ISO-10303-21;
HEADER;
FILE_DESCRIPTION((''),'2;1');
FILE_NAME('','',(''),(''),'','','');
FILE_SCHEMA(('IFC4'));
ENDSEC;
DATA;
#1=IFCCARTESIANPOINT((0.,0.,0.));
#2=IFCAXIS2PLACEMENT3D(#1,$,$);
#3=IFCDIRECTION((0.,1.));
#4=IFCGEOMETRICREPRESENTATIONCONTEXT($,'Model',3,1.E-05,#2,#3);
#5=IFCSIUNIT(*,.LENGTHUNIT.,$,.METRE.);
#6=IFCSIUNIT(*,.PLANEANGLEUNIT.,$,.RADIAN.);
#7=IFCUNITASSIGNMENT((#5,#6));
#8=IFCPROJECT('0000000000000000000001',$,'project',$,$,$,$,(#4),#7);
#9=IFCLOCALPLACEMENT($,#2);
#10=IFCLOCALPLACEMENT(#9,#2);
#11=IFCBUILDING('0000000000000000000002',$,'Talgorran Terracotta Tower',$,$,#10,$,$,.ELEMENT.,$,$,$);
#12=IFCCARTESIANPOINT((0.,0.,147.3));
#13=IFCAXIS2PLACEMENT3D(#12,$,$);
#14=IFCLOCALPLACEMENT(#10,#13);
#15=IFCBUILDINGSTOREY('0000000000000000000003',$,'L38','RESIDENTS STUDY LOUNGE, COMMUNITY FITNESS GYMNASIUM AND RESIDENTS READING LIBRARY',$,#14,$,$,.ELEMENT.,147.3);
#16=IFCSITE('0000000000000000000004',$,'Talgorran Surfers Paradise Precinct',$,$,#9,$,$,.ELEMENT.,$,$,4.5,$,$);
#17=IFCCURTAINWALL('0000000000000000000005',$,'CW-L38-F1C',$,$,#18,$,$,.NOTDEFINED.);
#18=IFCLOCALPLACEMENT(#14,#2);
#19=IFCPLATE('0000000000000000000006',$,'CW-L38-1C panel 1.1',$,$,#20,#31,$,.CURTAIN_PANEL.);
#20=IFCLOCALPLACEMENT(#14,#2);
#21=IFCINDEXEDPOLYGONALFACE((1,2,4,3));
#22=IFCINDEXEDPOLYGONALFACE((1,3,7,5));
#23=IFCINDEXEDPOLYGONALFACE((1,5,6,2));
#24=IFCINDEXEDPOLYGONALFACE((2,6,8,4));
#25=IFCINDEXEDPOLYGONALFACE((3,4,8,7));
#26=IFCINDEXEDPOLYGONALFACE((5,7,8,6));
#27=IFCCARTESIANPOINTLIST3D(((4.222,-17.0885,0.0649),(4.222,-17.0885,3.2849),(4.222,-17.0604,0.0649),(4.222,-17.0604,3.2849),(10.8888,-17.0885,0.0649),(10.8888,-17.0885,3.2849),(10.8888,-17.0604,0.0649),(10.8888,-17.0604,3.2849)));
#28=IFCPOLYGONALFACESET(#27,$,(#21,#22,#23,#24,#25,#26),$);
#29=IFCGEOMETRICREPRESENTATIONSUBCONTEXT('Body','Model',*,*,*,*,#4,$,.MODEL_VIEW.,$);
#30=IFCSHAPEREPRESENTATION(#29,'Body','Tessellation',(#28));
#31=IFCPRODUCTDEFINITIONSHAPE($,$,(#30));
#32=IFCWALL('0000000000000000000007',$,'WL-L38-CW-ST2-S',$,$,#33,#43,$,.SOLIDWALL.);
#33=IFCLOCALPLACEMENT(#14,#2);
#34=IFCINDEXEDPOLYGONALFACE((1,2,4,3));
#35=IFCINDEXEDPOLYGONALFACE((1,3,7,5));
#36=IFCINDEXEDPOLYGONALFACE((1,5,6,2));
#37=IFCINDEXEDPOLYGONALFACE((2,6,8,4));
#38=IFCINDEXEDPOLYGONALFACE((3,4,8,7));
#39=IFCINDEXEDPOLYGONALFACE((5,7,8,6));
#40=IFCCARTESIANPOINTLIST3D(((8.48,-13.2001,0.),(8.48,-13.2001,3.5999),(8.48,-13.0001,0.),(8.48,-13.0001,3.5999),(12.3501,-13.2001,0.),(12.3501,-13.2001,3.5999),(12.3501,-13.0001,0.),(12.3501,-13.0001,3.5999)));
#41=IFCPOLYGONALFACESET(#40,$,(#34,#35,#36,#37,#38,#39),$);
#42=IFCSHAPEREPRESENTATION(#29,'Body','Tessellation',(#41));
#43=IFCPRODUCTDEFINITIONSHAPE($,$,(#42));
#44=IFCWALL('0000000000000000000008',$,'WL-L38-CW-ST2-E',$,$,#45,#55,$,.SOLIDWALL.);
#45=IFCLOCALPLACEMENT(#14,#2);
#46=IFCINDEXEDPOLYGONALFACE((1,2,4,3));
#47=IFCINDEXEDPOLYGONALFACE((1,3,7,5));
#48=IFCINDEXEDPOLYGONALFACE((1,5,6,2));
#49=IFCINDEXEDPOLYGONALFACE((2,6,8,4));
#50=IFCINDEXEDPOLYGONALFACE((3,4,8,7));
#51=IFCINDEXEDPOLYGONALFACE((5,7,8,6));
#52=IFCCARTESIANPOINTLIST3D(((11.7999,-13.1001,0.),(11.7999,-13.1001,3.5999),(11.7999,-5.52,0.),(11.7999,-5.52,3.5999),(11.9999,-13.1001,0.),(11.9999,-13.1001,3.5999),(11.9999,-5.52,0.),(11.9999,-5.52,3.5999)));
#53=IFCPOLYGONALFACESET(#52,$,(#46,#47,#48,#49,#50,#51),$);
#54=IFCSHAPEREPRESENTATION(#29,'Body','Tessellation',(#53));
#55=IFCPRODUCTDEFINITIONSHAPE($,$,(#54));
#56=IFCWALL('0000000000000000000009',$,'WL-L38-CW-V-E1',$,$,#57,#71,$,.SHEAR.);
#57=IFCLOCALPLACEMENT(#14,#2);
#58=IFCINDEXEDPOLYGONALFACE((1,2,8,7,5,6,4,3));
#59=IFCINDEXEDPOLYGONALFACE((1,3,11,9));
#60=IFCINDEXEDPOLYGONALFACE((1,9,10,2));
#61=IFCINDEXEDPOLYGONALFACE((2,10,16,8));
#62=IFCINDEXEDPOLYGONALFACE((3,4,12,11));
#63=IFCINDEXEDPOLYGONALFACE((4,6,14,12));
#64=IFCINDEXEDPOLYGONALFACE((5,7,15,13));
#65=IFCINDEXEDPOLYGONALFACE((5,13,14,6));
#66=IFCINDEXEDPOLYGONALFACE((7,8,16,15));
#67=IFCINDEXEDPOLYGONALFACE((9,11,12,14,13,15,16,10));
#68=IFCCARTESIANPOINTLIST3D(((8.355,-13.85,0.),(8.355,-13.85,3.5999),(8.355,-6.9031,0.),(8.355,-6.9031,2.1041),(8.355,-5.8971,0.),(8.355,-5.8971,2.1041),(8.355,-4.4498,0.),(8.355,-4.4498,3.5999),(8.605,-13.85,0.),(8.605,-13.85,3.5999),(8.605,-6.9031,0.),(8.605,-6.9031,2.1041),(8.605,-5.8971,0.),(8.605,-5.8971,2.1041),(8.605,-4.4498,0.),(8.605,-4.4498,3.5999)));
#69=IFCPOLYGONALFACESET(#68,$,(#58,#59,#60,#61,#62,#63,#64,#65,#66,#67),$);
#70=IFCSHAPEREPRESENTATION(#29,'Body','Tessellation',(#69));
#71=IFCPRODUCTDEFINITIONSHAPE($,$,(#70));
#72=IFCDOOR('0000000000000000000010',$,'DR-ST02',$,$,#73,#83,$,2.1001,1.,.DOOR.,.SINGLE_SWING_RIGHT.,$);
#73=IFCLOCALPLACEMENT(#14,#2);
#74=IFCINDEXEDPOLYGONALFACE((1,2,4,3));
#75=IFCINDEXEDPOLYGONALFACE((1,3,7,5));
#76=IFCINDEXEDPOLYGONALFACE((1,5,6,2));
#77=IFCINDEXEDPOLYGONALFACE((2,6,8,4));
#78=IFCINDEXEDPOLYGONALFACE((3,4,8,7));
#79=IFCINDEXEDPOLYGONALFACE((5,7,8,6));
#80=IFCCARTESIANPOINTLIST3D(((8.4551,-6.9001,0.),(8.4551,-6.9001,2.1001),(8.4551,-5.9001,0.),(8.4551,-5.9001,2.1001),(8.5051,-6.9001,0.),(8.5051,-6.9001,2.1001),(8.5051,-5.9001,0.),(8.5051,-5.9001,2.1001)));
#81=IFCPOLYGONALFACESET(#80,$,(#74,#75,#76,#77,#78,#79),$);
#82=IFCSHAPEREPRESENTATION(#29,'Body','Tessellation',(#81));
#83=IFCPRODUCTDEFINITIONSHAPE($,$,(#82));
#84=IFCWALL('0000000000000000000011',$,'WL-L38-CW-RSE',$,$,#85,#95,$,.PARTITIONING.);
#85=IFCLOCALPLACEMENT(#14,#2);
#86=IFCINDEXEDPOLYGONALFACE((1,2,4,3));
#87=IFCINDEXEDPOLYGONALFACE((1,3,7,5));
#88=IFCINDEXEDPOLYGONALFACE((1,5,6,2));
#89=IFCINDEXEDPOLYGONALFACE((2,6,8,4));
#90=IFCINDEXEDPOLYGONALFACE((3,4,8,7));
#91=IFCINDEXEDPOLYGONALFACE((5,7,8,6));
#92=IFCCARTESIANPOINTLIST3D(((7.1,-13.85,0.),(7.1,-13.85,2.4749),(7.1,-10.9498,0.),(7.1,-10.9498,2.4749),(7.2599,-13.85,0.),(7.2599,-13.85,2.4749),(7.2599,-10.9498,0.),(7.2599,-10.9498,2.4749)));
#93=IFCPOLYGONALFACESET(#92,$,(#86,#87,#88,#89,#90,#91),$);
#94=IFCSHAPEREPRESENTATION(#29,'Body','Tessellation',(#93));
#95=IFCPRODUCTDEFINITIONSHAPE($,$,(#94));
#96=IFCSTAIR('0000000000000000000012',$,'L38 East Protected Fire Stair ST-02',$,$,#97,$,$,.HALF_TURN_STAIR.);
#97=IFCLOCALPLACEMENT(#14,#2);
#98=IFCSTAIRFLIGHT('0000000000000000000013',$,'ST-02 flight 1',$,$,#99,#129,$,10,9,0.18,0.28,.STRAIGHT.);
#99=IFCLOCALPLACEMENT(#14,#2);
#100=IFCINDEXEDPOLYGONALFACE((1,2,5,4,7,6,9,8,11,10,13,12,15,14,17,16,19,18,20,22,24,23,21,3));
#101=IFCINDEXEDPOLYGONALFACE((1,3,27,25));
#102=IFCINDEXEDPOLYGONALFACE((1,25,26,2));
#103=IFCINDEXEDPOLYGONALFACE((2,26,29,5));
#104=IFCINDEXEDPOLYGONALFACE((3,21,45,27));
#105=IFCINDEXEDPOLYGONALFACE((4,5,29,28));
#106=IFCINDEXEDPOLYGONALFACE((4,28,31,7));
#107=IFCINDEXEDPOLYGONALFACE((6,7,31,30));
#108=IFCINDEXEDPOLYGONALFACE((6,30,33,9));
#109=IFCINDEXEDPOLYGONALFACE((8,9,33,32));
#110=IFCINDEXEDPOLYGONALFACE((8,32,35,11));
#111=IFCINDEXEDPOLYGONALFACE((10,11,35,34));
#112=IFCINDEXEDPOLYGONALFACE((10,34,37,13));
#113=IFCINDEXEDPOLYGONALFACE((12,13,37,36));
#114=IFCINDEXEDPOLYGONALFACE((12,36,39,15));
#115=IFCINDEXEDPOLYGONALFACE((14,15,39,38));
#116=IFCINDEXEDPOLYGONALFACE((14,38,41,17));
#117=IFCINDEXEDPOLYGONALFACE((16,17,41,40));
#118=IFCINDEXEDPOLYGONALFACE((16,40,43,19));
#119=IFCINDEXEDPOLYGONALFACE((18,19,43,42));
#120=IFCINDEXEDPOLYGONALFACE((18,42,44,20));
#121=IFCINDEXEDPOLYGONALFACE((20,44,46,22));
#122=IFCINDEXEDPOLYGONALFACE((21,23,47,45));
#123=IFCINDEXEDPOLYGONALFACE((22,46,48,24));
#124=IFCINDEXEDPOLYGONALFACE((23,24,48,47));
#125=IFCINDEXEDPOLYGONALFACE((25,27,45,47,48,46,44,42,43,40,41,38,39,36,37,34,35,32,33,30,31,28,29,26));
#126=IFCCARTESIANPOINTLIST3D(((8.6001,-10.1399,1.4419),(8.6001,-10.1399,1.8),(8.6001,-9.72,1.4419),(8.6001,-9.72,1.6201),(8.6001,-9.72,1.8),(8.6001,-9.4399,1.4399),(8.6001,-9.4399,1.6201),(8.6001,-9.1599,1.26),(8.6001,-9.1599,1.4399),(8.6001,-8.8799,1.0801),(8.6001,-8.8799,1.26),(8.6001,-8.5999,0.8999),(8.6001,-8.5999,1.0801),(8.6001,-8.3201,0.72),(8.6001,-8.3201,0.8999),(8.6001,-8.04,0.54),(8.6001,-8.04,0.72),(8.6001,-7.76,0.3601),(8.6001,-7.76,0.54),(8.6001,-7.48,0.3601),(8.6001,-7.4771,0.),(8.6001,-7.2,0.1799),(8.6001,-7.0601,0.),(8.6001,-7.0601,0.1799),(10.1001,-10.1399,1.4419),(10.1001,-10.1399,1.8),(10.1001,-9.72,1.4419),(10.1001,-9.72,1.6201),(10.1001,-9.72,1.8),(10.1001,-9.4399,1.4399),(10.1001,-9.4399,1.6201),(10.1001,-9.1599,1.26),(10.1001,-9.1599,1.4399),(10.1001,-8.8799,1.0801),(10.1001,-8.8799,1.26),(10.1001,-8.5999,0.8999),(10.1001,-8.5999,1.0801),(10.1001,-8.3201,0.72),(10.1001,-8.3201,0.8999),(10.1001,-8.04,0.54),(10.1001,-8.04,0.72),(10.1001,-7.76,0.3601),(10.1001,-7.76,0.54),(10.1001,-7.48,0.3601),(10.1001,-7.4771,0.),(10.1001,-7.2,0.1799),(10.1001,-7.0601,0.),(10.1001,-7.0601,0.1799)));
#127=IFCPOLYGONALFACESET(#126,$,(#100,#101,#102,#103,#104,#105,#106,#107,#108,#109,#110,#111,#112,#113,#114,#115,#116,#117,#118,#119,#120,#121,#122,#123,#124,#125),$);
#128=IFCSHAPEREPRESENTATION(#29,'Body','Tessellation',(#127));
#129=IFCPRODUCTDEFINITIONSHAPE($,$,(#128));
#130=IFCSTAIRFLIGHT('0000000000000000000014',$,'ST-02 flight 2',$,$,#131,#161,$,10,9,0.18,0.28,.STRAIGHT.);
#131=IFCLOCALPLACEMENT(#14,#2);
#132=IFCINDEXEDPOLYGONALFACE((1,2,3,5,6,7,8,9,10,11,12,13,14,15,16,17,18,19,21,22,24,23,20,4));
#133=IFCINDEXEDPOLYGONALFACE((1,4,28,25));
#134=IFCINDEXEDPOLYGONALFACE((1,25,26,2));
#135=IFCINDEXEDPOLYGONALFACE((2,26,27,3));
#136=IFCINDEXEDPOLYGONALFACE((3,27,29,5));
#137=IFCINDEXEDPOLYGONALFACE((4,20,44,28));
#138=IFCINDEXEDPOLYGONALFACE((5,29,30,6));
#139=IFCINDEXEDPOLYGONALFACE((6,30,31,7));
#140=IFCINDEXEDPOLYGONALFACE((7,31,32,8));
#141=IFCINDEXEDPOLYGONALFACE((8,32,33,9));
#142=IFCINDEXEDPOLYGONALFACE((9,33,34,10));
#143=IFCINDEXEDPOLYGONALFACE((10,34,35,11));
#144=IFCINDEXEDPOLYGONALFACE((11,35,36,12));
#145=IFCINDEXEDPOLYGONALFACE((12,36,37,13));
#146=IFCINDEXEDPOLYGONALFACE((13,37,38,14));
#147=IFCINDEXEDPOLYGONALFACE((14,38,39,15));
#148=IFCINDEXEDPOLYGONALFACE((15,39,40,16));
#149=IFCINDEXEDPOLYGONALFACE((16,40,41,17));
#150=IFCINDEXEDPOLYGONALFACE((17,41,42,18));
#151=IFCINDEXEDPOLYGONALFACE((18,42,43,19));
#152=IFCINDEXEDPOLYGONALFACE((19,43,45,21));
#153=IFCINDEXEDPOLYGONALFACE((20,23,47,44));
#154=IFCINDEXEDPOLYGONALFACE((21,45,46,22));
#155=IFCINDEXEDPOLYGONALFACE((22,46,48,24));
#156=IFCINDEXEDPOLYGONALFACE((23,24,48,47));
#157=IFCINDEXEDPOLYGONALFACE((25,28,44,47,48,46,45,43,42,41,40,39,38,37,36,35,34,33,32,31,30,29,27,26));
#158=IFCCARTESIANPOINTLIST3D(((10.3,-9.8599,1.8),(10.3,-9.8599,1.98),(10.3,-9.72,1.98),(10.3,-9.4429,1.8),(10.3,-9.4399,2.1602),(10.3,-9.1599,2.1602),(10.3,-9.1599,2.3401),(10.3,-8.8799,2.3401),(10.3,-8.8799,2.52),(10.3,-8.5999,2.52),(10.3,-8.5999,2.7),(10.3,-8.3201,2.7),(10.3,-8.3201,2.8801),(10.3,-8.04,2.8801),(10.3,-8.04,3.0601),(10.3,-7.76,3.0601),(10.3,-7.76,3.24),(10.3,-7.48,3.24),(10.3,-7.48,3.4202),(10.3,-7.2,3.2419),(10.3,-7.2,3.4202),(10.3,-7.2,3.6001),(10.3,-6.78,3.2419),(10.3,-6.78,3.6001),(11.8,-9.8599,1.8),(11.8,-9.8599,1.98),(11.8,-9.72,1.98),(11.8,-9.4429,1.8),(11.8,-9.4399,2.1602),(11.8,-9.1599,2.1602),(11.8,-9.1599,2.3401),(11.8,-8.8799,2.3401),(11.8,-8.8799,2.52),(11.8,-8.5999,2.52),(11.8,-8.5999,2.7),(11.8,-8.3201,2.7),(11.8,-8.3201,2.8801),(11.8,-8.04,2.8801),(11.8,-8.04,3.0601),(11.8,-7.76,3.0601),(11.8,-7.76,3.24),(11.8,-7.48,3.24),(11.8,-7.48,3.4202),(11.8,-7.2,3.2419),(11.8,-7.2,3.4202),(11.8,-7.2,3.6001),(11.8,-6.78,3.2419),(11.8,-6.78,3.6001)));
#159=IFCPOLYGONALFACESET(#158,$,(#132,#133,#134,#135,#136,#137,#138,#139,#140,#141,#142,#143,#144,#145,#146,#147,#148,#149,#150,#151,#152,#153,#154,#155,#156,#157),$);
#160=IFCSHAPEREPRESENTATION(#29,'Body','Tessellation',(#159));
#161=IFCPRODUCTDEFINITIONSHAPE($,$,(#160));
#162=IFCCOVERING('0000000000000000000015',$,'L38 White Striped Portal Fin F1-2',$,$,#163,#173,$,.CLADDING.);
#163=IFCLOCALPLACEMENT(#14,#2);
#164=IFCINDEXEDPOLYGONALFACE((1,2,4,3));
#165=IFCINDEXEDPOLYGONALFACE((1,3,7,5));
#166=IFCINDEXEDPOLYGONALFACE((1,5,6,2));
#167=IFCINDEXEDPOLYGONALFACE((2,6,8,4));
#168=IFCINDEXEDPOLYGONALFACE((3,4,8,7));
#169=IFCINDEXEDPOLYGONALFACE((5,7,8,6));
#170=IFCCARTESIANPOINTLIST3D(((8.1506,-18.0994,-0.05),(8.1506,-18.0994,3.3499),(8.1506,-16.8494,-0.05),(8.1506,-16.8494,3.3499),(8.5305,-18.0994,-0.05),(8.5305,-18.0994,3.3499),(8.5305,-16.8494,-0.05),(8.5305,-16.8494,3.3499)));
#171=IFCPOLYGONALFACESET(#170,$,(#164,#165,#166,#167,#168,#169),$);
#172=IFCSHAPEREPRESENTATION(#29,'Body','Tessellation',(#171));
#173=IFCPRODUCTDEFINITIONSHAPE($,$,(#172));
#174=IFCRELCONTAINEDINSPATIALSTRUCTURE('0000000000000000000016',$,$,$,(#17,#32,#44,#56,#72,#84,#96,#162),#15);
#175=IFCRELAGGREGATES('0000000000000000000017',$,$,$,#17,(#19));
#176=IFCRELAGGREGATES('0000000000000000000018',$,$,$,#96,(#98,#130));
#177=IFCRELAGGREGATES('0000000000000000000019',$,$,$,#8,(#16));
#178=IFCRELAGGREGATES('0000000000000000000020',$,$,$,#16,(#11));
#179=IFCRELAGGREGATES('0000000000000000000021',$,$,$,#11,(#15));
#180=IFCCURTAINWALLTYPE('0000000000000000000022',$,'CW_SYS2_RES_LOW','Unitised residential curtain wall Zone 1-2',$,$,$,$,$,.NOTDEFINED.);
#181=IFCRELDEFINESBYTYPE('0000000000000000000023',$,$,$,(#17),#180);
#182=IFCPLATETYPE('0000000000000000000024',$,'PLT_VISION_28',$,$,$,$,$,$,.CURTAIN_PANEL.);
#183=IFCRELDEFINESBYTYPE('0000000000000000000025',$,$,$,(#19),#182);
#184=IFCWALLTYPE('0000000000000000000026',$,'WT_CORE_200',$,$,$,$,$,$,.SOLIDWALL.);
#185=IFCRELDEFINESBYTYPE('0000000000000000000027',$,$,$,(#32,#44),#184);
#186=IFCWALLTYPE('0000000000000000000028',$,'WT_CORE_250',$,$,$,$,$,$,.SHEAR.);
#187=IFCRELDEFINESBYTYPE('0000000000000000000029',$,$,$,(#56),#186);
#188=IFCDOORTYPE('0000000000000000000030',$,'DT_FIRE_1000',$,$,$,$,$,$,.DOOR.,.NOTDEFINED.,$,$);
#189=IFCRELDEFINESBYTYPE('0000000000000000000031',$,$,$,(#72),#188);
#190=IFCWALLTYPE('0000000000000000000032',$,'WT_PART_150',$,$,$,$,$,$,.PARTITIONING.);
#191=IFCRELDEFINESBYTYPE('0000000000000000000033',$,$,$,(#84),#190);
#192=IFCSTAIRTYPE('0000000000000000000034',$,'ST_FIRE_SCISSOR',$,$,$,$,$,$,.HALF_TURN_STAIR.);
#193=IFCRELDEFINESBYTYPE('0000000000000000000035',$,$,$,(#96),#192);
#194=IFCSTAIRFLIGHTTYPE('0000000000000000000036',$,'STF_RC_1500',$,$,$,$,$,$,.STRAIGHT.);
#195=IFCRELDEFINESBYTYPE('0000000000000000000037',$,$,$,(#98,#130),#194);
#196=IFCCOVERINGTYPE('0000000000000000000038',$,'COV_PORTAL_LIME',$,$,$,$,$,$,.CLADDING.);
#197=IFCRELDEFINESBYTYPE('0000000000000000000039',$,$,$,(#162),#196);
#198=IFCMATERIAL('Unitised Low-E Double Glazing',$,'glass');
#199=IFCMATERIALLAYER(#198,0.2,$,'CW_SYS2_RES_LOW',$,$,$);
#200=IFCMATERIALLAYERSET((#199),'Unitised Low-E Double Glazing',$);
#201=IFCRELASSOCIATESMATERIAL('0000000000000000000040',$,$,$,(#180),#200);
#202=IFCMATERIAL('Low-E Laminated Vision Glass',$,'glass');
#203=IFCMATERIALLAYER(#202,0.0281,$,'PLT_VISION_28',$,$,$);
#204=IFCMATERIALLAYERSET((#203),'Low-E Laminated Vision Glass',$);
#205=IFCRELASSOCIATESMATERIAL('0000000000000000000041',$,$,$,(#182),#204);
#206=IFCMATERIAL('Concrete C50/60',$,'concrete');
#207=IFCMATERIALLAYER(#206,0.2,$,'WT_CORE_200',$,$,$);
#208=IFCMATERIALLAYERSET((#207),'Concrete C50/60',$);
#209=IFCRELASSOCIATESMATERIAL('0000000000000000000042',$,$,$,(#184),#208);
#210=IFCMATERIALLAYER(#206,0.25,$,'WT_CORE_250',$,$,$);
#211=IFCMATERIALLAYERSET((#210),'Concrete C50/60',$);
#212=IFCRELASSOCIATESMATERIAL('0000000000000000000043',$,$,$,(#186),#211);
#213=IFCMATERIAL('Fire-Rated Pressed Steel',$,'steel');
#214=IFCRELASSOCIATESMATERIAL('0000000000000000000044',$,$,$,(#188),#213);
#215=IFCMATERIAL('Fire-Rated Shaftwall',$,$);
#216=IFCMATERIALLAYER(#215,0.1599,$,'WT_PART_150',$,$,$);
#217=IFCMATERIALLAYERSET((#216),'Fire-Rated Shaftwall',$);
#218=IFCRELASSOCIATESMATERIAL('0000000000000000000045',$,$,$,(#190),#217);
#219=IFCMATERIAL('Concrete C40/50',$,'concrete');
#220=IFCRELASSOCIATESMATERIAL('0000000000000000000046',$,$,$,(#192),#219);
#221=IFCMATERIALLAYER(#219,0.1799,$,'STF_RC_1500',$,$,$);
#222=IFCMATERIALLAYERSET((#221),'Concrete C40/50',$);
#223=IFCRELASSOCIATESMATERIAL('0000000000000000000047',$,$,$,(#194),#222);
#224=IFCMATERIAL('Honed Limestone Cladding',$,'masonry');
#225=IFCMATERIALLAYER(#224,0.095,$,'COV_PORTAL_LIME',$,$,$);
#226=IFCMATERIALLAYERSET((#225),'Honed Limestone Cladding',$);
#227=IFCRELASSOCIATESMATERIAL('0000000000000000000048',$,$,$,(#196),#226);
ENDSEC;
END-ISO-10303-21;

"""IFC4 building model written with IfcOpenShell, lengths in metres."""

from ifc_helpers import new_model, si_unit, direction, frame, frame_2d, origin, origin_2d, place, context, subcontext, project, spatial, polyline, rectangle, outline, extrude, source, transform, mapped, material, layer, layer_set, type_object, type_shapes, element, fill, aggregate, save


model = new_model("IFC4")

# Units and contexts
model_context = context("Model", 3, precision=1e-05, world=origin(), true_north=direction((0.0, 1.0)))
body_context = subcontext(model_context, "Body", "Model", "MODEL_VIEW")
ifc_project = project(units=[si_unit("LENGTHUNIT", "METRE"), si_unit("PLANEANGLEUNIT", "RADIAN")], contexts=[model_context])

# Site, building, storey
site_placement = place(None, origin())
site = spatial("IfcSite", under=ifc_project, at=site_placement, Name="Talgorran Surfers Paradise Precinct", CompositionType="ELEMENT", RefElevation=4.5)
building_placement = place(site_placement, origin())
building = spatial("IfcBuilding", under=site, at=building_placement, Name="Talgorran Terracotta Tower", CompositionType="ELEMENT")
storey_placement = place(building_placement, frame((0.0, 0.0, 147.3)))
storey = spatial("IfcBuildingStorey", under=building, at=storey_placement, Name="L38", Description="RESIDENTS STUDY LOUNGE, COMMUNITY FITNESS GYMNASIUM AND RESIDENTS READING LIBRARY", CompositionType="ELEMENT", Elevation=147.3)

# Curtain wall, plate
ifc_material_1 = material(Name="Unitised Low-E Double Glazing", Category="glass")
ifc_layer_1 = layer(ifc_material_1, 0.2, Name="CW_SYS2_RES_LOW")
ifc_layer_set_1 = layer_set([ifc_layer_1], Name="Unitised Low-E Double Glazing")
curtain_wall_type = type_object("IfcCurtainWallType", Name="CW_SYS2_RES_LOW", Description="Unitised residential curtain wall Zone 1-2", PredefinedType="NOTDEFINED", material=ifc_layer_set_1)
curtain_wall_placement = place(storey_placement, origin())
curtain_wall = element("IfcCurtainWall", 1, at=curtain_wall_placement, inside=storey, type_object=curtain_wall_type, Name="CW-L38-F1C", PredefinedType="NOTDEFINED")
ifc_material_2 = material(Name="Low-E Laminated Vision Glass", Category="glass")
ifc_layer_2 = layer(ifc_material_2, 0.0281, Name="PLT_VISION_28")
ifc_layer_set_2 = layer_set([ifc_layer_2], Name="Low-E Laminated Vision Glass")
plate_type = type_object("IfcPlateType", Name="PLT_VISION_28", PredefinedType="CURTAIN_PANEL", material=ifc_layer_set_2)
shared_shape = source(origin(), body_context, "Body", "SweptSolid", [
    extrude(rectangle(XDim=6.6667, YDim=0.0281, at=origin_2d()), origin(), (0.0, 0.0, 1.0), 3.22),
])
type_shapes(plate_type, [shared_shape])
plate_placement = place(storey_placement, frame((7.5554, -17.0745, 0.0649), z_axis=(0.0, 0.0, 1.0), x_axis=(1.0, 0.0, 0.0)))
plate = element("IfcPlate", 2, at=plate_placement, type_object=plate_type, Name="CW-L38-1C panel 1.1", PredefinedType="CURTAIN_PANEL", context=body_context, shape_type="MappedRepresentation", body=[
    mapped(shared_shape, transform((0.0, 0.0, 0.0), scale=1.0)),
])
aggregate(curtain_wall, [plate])

# Walls
ifc_material_3 = material(Name="Concrete C50/60", Category="concrete")
ifc_layer_3 = layer(ifc_material_3, 0.2, Name="WT_CORE_200")
ifc_layer_set_3 = layer_set([ifc_layer_3], Name="Concrete C50/60")
wall_type_1 = type_object("IfcWallType", Name="WT_CORE_200", PredefinedType="SOLIDWALL", material=ifc_layer_set_3)
wall_1_placement = place(storey_placement, frame((8.48, -13.1001, 0.0), z_axis=(0.0, 0.0, 1.0), x_axis=(1.0, 0.0, 0.0)))
element("IfcWall", 3, at=wall_1_placement, inside=storey, type_object=wall_type_1, Name="WL-L38-CW-ST2-S", PredefinedType="SOLIDWALL", context=body_context, shape_type="SweptSolid", body=[
    extrude(rectangle(XDim=3.8701, YDim=0.2, at=frame_2d((1.9351, 0.0))), origin(), (0.0, 0.0, 1.0), 3.5999),
])
wall_2_placement = place(storey_placement, frame((11.8999, -13.1001, 0.0), z_axis=(0.0, 0.0, 1.0), x_axis=(0.0, 1.0, 0.0)))
element("IfcWall", 4, at=wall_2_placement, inside=storey, type_object=wall_type_1, Name="WL-L38-CW-ST2-E", PredefinedType="SOLIDWALL", context=body_context, shape_type="SweptSolid", body=[
    extrude(rectangle(XDim=7.5801, YDim=0.2, at=frame_2d((3.79, 0.0))), origin(), (0.0, 0.0, 1.0), 3.5999),
])

# Wall, opening, door
ifc_layer_4 = layer(ifc_material_3, 0.25, Name="WT_CORE_250")
ifc_layer_set_4 = layer_set([ifc_layer_4], Name="Concrete C50/60")
wall_type_2 = type_object("IfcWallType", Name="WT_CORE_250", PredefinedType="SHEAR", material=ifc_layer_set_4)
wall_3_placement = place(storey_placement, frame((8.48, -13.8501, 0.0), z_axis=(0.0, 0.0, 1.0), x_axis=(0.0, 1.0, 0.0)))
wall_3 = element("IfcWall", 5, at=wall_3_placement, inside=storey, type_object=wall_type_2, Name="WL-L38-CW-V-E1", PredefinedType="SHEAR", context=body_context, shape_type="SweptSolid", body=[
    extrude(rectangle(XDim=9.4001, YDim=0.25, at=frame_2d((4.7002, 0.0))), origin(), (0.0, 0.0, 1.0), 3.5999),
])
opening_placement = place(wall_3_placement, frame((6.95, 0.0, 0.0)))
opening = element("IfcOpeningElement", 6, at=opening_placement, cuts=wall_3, PredefinedType="OPENING", context=body_context, shape_type="SweptSolid", body=[
    extrude(rectangle(XDim=1.006, YDim=2.1041, at=frame_2d((0.5, 1.052))), frame((0.0, 0.135, 0.0), z_axis=(0.0, -1.0, 0.0), x_axis=(1.0, 0.0, 0.0)), (0.0, 0.0, 1.0), 0.27),
])
ifc_material_4 = material(Name="Fire-Rated Pressed Steel", Category="steel")
door_type = type_object("IfcDoorType", Name="DT_FIRE_1000", OperationType="NOTDEFINED", PredefinedType="DOOR", material=ifc_material_4)
door_placement = place(opening_placement, origin())
door = element("IfcDoor", 7, at=door_placement, inside=storey, type_object=door_type, Name="DR-ST02", OperationType="SINGLE_SWING_RIGHT", OverallHeight=2.1001, OverallWidth=1.0, PredefinedType="DOOR", context=body_context, shape_type="SweptSolid", body=[
    extrude(rectangle(XDim=1.0, YDim=2.1001, at=frame_2d((0.5, 1.05))), frame((0.0, 0.0249, 0.0), z_axis=(0.0, -1.0, 0.0), x_axis=(1.0, 0.0, 0.0)), (0.0, 0.0, 1.0), 0.05),
])
fill(opening, door)

# Wall
ifc_material_5 = material(Name="Fire-Rated Shaftwall")
ifc_layer_5 = layer(ifc_material_5, 0.1599, Name="WT_PART_150")
ifc_layer_set_5 = layer_set([ifc_layer_5], Name="Fire-Rated Shaftwall")
wall_type_3 = type_object("IfcWallType", Name="WT_PART_150", PredefinedType="PARTITIONING", material=ifc_layer_set_5)
wall_4_placement = place(storey_placement, frame((7.1799, -13.8501, 0.0), z_axis=(0.0, 0.0, 1.0), x_axis=(0.0, 1.0, 0.0)))
element("IfcWall", 8, at=wall_4_placement, inside=storey, type_object=wall_type_3, Name="WL-L38-CW-RSE", PredefinedType="PARTITIONING", context=body_context, shape_type="SweptSolid", body=[
    extrude(rectangle(XDim=2.9001, YDim=0.1599, at=frame_2d((1.4502, 0.0))), origin(), (0.0, 0.0, 1.0), 2.4749),
])

# Stair, stair flights
ifc_material_6 = material(Name="Concrete C40/50", Category="concrete")
stair_type = type_object("IfcStairType", Name="ST_FIRE_SCISSOR", PredefinedType="HALF_TURN_STAIR", material=ifc_material_6)
stair_placement = place(storey_placement, origin())
stair = element("IfcStair", 9, at=stair_placement, inside=storey, type_object=stair_type, Name="L38 East Protected Fire Stair ST-02", PredefinedType="HALF_TURN_STAIR")
ifc_layer_6 = layer(ifc_material_6, 0.1799, Name="STF_RC_1500")
ifc_layer_set_6 = layer_set([ifc_layer_6], Name="Concrete C40/50")
stair_flight_type = type_object("IfcStairFlightType", Name="STF_RC_1500", PredefinedType="STRAIGHT", material=ifc_layer_set_6)
stair_flight_1_placement = place(storey_placement, frame((9.3501, -7.2, 0.0), z_axis=(0.0, 0.0, 1.0), x_axis=(0.0, -1.0, 0.0)))
stair_flight_1 = element("IfcStairFlight", 10, at=stair_flight_1_placement, type_object=stair_flight_type, Name="ST-02 flight 1", NumberOfRisers=10, NumberOfTreads=9, PredefinedType="STRAIGHT", RiserHeight=0.18, TreadLength=0.28, context=body_context, shape_type="SweptSolid", body=[
    extrude(outline(polyline([(-0.1399, 0.0), (-0.1399, 0.1799), (0.0, 0.1799), (0.28, 0.3601), (0.5601, 0.3601), (0.5601, 0.54), (0.8401, 0.54), (0.8401, 0.72), (1.1201, 0.72), (1.1201, 0.8999), (1.3999, 0.8999), (1.3999, 1.0801), (1.6799, 1.0801), (1.6799, 1.26), (1.96, 1.26), (1.96, 1.4399), (2.24, 1.4399), (2.24, 1.6201), (2.52, 1.6201), (2.52, 1.8), (2.9399, 1.8), (2.9399, 1.4419), (2.52, 1.4419), (0.2771, 0.0), (-0.1399, 0.0)])), frame((0.0, 0.75, 0.0), z_axis=(0.0, -1.0, 0.0), x_axis=(1.0, 0.0, 0.0)), (0.0, 0.0, 1.0), 1.5),
])
stair_flight_2_placement = place(storey_placement, frame((11.05, -9.72, 1.8), z_axis=(0.0, 0.0, 1.0), x_axis=(0.0, 1.0, 0.0)))
stair_flight_2 = element("IfcStairFlight", 11, at=stair_flight_2_placement, type_object=stair_flight_type, Name="ST-02 flight 2", NumberOfRisers=10, NumberOfTreads=9, PredefinedType="STRAIGHT", RiserHeight=0.18, TreadLength=0.28, context=body_context, shape_type="SweptSolid", body=[
    extrude(outline(polyline([(-0.1399, 0.0), (-0.1399, 0.1799), (0.0, 0.1799), (0.28, 0.3601), (0.5601, 0.3601), (0.5601, 0.54), (0.8401, 0.54), (0.8401, 0.72), (1.1201, 0.72), (1.1201, 0.8999), (1.3999, 0.8999), (1.3999, 1.0801), (1.6799, 1.0801), (1.6799, 1.26), (1.96, 1.26), (1.96, 1.4399), (2.24, 1.4399), (2.24, 1.6201), (2.52, 1.6201), (2.52, 1.8), (2.9399, 1.8), (2.9399, 1.4419), (2.52, 1.4419), (0.2771, 0.0), (-0.1399, 0.0)])), frame((0.0, 0.75, 0.0), z_axis=(0.0, -1.0, 0.0), x_axis=(1.0, 0.0, 0.0)), (0.0, 0.0, 1.0), 1.5),
])
aggregate(stair, [stair_flight_1, stair_flight_2])

# Covering
ifc_material_7 = material(Name="Honed Limestone Cladding", Category="masonry")
ifc_layer_7 = layer(ifc_material_7, 0.095, Name="COV_PORTAL_LIME")
ifc_layer_set_7 = layer_set([ifc_layer_7], Name="Honed Limestone Cladding")
covering_type = type_object("IfcCoveringType", Name="COV_PORTAL_LIME", PredefinedType="CLADDING", material=ifc_layer_set_7)
covering_placement = place(storey_placement, frame((8.3406, -17.4744, -0.05), z_axis=(0.0, 0.0, 1.0), x_axis=(1.0, 0.0, 0.0)))
element("IfcCovering", 12, at=covering_placement, inside=storey, type_object=covering_type, Name="L38 White Striped Portal Fin F1-2", PredefinedType="CLADDING", context=body_context, shape_type="SweptSolid", body=[
    extrude(rectangle(XDim=0.3799, YDim=1.25, at=origin_2d()), origin(), (0.0, 0.0, 1.0), 3.3999),
])

save(model, "model.ifc")
